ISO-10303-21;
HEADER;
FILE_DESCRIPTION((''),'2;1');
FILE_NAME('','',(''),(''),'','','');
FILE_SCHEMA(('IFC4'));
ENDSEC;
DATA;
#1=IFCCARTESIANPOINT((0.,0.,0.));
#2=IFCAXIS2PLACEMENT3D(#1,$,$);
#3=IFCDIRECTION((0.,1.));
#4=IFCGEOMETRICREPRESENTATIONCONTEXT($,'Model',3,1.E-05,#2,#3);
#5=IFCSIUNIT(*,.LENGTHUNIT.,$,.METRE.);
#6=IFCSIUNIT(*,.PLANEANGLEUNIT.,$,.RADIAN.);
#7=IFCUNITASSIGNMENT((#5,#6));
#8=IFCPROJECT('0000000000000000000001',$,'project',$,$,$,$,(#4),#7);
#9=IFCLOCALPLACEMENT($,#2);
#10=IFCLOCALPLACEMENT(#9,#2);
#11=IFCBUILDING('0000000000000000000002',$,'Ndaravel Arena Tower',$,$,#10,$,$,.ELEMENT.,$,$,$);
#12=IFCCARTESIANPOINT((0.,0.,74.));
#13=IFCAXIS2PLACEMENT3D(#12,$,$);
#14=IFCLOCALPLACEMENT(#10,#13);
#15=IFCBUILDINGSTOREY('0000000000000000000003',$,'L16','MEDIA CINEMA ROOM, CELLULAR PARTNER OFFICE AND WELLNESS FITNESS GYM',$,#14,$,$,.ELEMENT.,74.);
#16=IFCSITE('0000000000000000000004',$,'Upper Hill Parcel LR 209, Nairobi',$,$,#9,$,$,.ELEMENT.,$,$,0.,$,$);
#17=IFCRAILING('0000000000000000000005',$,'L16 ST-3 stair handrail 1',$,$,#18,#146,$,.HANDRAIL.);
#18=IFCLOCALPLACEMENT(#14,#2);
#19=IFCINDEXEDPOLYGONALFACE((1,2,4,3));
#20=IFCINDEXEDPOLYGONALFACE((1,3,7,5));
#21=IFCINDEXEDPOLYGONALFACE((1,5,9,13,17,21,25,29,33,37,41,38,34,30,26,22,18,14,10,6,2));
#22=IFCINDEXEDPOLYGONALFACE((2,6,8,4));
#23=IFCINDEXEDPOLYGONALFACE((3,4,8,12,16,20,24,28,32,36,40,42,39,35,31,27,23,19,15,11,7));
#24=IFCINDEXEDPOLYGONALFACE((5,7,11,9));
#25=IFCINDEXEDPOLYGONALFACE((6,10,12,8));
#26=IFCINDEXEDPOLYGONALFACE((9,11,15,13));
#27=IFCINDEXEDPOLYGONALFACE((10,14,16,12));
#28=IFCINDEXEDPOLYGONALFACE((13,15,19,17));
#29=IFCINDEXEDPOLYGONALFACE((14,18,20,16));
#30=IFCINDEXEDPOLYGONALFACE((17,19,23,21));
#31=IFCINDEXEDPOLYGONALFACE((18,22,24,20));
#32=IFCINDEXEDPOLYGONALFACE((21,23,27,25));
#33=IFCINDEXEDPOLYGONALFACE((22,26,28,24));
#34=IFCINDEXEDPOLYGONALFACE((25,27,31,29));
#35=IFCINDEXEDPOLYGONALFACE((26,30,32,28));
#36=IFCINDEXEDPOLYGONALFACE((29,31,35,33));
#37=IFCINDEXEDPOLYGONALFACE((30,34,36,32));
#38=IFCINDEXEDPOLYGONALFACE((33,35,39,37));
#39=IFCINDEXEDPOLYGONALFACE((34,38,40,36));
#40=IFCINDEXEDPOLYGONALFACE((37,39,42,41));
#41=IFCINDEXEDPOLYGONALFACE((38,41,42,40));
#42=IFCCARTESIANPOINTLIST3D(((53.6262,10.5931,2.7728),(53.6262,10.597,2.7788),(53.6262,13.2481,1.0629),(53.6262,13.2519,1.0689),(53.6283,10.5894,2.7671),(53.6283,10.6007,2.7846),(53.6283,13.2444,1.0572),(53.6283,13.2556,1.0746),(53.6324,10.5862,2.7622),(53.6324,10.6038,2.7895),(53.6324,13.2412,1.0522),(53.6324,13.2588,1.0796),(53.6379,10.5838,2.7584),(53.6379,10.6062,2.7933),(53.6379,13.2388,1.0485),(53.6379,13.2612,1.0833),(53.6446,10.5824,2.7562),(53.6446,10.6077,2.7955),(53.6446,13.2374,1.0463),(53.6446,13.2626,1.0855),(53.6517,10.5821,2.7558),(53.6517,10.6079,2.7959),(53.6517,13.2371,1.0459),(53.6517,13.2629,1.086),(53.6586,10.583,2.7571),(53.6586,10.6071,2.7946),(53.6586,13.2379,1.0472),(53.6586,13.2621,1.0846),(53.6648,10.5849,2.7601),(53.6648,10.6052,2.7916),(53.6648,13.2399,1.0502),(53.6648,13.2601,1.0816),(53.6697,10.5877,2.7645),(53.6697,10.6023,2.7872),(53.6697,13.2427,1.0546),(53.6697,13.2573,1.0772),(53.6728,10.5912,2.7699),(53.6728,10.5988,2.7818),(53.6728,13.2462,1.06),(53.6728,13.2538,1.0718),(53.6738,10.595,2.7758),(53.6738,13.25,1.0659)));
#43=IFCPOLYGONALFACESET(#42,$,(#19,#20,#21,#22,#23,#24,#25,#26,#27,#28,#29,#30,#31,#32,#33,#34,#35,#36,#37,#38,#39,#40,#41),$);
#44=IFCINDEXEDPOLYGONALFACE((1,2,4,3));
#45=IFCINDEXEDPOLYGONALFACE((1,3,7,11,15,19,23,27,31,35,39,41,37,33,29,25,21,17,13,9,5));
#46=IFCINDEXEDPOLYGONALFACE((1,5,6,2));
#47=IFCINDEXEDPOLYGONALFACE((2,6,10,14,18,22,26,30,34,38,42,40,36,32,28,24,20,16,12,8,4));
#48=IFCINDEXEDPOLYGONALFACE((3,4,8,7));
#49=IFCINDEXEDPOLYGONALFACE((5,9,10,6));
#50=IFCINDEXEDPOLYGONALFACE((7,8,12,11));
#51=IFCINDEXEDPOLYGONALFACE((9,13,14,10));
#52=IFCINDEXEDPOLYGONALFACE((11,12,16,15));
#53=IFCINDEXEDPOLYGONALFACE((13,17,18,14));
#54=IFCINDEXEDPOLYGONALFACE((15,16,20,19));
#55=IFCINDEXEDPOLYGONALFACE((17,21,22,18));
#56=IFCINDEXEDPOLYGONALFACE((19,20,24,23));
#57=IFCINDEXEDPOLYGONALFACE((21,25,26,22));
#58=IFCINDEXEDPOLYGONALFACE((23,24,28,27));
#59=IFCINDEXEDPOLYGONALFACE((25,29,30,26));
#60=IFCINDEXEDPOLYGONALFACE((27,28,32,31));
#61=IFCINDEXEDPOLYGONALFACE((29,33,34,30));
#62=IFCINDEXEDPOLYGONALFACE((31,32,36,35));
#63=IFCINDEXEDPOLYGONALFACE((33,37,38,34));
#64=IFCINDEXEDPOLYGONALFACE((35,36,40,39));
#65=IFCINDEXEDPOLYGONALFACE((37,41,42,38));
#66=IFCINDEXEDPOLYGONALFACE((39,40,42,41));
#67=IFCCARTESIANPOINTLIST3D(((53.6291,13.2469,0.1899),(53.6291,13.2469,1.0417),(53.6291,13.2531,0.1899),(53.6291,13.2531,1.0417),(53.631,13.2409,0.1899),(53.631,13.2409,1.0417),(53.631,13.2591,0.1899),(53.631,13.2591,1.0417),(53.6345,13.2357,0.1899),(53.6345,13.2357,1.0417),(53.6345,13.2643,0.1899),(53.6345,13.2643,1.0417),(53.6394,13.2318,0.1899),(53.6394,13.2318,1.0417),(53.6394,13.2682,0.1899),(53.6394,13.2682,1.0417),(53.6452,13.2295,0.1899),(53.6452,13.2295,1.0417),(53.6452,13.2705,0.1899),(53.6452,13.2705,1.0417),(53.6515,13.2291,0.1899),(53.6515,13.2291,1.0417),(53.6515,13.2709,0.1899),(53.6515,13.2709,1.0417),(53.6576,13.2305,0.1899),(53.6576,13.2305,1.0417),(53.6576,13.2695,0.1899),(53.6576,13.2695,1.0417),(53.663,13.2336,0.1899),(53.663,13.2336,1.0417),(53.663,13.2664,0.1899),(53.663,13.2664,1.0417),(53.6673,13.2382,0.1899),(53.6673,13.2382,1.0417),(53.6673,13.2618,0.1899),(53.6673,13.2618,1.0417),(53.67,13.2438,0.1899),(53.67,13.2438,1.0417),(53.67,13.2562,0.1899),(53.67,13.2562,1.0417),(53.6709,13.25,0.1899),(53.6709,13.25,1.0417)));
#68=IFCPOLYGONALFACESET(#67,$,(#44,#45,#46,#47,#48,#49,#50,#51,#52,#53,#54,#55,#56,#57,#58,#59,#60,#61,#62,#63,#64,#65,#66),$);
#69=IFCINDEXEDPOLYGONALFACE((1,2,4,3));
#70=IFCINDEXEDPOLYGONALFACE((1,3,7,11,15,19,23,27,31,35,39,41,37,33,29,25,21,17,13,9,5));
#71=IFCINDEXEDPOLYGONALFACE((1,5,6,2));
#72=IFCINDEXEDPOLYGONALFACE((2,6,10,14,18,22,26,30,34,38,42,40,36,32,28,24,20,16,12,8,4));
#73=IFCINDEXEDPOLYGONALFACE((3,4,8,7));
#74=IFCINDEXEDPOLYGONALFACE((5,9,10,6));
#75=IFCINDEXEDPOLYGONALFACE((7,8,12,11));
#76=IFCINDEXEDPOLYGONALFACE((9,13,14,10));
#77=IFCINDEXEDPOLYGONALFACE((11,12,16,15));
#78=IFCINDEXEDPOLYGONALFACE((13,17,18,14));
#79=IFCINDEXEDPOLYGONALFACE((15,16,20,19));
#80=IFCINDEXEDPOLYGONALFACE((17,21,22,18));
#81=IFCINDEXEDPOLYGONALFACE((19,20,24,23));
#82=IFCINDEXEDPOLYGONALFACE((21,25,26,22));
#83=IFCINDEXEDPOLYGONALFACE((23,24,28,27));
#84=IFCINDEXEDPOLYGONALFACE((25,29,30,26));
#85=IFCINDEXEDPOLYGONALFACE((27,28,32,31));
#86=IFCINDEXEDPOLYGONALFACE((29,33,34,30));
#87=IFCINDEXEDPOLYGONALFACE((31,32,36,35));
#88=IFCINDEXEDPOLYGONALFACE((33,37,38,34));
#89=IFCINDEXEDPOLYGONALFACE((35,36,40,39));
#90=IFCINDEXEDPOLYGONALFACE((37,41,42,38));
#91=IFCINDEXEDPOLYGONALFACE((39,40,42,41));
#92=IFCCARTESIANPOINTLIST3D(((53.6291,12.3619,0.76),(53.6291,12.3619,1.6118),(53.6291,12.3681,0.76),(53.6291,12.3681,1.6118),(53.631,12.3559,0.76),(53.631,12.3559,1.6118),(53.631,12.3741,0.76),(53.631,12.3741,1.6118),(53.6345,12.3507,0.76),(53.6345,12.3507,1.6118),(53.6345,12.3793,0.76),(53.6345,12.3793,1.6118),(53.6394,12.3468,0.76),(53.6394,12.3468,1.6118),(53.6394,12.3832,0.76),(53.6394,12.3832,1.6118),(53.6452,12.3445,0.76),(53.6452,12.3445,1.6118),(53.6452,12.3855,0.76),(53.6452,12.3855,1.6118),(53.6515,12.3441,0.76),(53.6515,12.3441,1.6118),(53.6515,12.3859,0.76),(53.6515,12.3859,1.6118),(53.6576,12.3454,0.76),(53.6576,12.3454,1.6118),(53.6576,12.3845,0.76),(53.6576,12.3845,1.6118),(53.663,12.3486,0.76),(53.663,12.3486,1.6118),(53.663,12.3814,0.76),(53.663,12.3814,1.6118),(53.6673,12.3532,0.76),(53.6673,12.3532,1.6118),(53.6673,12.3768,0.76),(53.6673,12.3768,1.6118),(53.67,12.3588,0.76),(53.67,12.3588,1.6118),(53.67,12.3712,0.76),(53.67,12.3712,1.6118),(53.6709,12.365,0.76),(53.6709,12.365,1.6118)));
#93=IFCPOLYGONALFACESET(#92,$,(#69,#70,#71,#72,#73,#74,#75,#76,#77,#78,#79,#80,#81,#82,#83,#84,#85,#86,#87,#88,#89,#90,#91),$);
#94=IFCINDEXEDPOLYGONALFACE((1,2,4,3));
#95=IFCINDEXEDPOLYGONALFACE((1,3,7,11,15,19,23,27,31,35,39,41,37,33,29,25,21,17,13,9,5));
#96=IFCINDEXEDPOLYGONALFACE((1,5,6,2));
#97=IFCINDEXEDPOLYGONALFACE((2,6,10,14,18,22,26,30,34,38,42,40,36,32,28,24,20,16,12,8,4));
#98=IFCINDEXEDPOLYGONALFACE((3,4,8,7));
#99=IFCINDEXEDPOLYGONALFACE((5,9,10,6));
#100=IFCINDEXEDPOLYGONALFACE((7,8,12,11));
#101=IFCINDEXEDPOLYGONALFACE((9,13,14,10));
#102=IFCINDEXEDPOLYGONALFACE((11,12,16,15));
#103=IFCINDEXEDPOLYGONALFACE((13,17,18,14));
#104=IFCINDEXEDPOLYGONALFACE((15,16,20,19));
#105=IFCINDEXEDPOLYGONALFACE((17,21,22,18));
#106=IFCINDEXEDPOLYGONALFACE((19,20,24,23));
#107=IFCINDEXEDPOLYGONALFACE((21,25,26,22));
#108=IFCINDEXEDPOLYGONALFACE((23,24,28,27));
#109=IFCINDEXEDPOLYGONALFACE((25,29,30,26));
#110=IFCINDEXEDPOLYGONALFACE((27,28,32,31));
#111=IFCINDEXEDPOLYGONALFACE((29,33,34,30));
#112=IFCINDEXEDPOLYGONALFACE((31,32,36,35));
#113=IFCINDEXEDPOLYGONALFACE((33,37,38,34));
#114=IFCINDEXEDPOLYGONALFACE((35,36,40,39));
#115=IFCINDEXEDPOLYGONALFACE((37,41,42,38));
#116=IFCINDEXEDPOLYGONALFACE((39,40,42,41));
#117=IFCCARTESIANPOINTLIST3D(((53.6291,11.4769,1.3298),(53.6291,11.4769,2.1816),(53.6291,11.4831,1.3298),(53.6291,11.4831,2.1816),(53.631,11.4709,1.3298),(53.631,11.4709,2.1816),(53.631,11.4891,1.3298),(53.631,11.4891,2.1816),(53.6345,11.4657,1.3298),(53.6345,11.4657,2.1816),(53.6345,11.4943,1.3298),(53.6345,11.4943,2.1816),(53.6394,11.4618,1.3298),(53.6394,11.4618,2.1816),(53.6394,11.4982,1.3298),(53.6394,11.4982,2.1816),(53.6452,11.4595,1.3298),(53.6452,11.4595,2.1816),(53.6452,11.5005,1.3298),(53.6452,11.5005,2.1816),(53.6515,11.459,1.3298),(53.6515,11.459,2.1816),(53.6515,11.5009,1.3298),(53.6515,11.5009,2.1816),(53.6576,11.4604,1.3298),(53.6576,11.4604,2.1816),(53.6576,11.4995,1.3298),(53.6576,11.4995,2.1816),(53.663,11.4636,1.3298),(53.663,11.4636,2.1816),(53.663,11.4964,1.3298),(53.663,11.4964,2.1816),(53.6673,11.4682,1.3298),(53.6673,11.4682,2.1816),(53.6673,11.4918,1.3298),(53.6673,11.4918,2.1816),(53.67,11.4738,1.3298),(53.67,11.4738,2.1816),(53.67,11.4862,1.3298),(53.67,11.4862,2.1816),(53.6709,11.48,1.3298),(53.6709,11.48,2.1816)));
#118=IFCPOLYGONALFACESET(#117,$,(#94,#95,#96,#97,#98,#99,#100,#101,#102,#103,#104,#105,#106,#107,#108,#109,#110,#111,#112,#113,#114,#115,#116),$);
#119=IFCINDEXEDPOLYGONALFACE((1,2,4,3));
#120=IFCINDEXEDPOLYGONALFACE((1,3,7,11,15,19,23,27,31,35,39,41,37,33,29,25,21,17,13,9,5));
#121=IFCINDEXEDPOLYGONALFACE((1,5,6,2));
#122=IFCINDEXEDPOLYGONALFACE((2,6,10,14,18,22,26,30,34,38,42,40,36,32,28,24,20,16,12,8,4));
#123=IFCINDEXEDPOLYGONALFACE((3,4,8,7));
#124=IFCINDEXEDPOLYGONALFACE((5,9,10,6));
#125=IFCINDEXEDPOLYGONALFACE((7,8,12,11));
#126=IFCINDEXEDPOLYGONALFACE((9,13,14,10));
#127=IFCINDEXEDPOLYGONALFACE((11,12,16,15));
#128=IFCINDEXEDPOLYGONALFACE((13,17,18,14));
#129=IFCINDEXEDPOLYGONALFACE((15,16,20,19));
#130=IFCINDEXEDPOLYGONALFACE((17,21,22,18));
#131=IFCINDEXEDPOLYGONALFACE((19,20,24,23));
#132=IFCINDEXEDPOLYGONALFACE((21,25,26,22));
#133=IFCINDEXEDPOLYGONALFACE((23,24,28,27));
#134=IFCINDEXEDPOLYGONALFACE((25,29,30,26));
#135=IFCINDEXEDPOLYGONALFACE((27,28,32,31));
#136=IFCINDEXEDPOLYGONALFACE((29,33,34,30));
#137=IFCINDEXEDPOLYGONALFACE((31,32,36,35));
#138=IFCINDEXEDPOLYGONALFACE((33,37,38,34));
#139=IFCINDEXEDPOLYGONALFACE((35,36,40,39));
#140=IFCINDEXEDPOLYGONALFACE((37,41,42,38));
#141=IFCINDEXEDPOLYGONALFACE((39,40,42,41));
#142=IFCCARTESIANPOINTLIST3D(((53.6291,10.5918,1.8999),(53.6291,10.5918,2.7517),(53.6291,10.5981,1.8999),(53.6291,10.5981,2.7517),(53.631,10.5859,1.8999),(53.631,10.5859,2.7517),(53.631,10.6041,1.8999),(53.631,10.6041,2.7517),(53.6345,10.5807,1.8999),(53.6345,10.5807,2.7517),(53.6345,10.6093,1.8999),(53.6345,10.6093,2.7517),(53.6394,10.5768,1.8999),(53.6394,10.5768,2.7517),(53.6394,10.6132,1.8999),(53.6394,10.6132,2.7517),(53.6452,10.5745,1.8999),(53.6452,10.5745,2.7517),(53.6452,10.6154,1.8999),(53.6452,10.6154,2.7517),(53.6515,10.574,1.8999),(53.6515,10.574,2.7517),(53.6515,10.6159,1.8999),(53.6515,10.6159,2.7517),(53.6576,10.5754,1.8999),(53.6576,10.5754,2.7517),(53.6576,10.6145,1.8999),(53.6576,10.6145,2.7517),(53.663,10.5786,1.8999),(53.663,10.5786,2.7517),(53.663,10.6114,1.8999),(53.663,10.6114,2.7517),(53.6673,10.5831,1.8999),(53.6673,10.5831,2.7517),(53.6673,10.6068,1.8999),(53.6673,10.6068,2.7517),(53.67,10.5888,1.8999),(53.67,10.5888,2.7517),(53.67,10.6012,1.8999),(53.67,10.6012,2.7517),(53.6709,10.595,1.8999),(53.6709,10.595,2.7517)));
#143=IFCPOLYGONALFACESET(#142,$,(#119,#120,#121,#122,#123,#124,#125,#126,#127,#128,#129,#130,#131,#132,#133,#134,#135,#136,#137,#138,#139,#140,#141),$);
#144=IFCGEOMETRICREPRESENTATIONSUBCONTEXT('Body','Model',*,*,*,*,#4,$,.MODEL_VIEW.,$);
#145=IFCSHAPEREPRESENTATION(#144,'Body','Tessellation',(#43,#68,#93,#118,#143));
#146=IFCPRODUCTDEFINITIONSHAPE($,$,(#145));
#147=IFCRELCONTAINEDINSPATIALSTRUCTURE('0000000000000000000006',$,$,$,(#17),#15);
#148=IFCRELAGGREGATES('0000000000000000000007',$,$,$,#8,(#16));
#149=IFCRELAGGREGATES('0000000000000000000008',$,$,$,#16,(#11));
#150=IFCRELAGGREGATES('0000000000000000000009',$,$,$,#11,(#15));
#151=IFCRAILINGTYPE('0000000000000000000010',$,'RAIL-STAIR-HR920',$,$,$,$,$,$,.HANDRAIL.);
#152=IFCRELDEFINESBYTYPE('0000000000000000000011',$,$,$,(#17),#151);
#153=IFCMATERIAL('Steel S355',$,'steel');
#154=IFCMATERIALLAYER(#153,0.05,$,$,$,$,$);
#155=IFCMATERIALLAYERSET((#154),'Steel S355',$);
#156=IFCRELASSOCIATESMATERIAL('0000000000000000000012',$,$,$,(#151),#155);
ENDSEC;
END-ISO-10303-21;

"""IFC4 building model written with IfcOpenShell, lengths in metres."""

from ifc_helpers import new_model, si_unit, direction, frame, origin, origin_2d, place, context, subcontext, project, spatial, circle, extrude, material, layer, layer_set, type_object, element, save


model = new_model("IFC4")

# Units and contexts
model_context = context("Model", 3, precision=1e-05, world=origin(), true_north=direction((0.0, 1.0)))
body_context = subcontext(model_context, "Body", "Model", "MODEL_VIEW")
ifc_project = project(units=[si_unit("LENGTHUNIT", "METRE"), si_unit("PLANEANGLEUNIT", "RADIAN")], contexts=[model_context])

# Site, building, storey
site_placement = place(None, origin())
site = spatial("IfcSite", under=ifc_project, at=site_placement, Name="Upper Hill Parcel LR 209, Nairobi", CompositionType="ELEMENT", RefElevation=0.0)
building_placement = place(site_placement, origin())
building = spatial("IfcBuilding", under=site, at=building_placement, Name="Ndaravel Arena Tower", CompositionType="ELEMENT")
storey_placement = place(building_placement, frame((0.0, 0.0, 74.0)))
storey = spatial("IfcBuildingStorey", under=building, at=storey_placement, Name="L16", Description="MEDIA CINEMA ROOM, CELLULAR PARTNER OFFICE AND WELLNESS FITNESS GYM", CompositionType="ELEMENT", Elevation=74.0)

# Railing
ifc_material_1 = material(Name="Steel S355", Category="steel")
ifc_layer_1 = layer(ifc_material_1, 0.05)
ifc_layer_set_1 = layer_set([ifc_layer_1], Name="Steel S355")
railing_type_1 = type_object("IfcRailingType", Name="RAIL-STAIR-HR920", PredefinedType="HANDRAIL", material=ifc_layer_set_1)
railing_1_placement = place(storey_placement, frame((53.6499, 13.25, 0.1899)))
element("IfcRailing", 1, at=railing_1_placement, inside=storey, type_object=railing_type_1, Name="L16 ST-3 stair handrail 1", PredefinedType="HANDRAIL", context=body_context, shape_type="SweptSolid", body=[
    extrude(circle(Radius=0.0239, at=origin_2d()), frame((0.0, 0.0, 0.876), z_axis=(0.0, -0.840724, 0.541465), x_axis=(1.0, 0.0, 0.0)), (0.0, 0.0, 1.0), 3.158),
    extrude(circle(Radius=0.021, at=origin_2d()), origin(), (0.0, 0.0, 1.0), 0.8518),
    extrude(circle(Radius=0.021, at=origin_2d()), frame((0.0, -0.885, 0.5701)), (0.0, 0.0, 1.0), 0.8518),
    extrude(circle(Radius=0.021, at=origin_2d()), frame((0.0, -1.77, 1.1399)), (0.0, 0.0, 1.0), 0.8518),
    extrude(circle(Radius=0.021, at=origin_2d()), frame((0.0, -2.655, 1.71)), (0.0, 0.0, 1.0), 0.8518),
])

save(model, "model.ifc")
